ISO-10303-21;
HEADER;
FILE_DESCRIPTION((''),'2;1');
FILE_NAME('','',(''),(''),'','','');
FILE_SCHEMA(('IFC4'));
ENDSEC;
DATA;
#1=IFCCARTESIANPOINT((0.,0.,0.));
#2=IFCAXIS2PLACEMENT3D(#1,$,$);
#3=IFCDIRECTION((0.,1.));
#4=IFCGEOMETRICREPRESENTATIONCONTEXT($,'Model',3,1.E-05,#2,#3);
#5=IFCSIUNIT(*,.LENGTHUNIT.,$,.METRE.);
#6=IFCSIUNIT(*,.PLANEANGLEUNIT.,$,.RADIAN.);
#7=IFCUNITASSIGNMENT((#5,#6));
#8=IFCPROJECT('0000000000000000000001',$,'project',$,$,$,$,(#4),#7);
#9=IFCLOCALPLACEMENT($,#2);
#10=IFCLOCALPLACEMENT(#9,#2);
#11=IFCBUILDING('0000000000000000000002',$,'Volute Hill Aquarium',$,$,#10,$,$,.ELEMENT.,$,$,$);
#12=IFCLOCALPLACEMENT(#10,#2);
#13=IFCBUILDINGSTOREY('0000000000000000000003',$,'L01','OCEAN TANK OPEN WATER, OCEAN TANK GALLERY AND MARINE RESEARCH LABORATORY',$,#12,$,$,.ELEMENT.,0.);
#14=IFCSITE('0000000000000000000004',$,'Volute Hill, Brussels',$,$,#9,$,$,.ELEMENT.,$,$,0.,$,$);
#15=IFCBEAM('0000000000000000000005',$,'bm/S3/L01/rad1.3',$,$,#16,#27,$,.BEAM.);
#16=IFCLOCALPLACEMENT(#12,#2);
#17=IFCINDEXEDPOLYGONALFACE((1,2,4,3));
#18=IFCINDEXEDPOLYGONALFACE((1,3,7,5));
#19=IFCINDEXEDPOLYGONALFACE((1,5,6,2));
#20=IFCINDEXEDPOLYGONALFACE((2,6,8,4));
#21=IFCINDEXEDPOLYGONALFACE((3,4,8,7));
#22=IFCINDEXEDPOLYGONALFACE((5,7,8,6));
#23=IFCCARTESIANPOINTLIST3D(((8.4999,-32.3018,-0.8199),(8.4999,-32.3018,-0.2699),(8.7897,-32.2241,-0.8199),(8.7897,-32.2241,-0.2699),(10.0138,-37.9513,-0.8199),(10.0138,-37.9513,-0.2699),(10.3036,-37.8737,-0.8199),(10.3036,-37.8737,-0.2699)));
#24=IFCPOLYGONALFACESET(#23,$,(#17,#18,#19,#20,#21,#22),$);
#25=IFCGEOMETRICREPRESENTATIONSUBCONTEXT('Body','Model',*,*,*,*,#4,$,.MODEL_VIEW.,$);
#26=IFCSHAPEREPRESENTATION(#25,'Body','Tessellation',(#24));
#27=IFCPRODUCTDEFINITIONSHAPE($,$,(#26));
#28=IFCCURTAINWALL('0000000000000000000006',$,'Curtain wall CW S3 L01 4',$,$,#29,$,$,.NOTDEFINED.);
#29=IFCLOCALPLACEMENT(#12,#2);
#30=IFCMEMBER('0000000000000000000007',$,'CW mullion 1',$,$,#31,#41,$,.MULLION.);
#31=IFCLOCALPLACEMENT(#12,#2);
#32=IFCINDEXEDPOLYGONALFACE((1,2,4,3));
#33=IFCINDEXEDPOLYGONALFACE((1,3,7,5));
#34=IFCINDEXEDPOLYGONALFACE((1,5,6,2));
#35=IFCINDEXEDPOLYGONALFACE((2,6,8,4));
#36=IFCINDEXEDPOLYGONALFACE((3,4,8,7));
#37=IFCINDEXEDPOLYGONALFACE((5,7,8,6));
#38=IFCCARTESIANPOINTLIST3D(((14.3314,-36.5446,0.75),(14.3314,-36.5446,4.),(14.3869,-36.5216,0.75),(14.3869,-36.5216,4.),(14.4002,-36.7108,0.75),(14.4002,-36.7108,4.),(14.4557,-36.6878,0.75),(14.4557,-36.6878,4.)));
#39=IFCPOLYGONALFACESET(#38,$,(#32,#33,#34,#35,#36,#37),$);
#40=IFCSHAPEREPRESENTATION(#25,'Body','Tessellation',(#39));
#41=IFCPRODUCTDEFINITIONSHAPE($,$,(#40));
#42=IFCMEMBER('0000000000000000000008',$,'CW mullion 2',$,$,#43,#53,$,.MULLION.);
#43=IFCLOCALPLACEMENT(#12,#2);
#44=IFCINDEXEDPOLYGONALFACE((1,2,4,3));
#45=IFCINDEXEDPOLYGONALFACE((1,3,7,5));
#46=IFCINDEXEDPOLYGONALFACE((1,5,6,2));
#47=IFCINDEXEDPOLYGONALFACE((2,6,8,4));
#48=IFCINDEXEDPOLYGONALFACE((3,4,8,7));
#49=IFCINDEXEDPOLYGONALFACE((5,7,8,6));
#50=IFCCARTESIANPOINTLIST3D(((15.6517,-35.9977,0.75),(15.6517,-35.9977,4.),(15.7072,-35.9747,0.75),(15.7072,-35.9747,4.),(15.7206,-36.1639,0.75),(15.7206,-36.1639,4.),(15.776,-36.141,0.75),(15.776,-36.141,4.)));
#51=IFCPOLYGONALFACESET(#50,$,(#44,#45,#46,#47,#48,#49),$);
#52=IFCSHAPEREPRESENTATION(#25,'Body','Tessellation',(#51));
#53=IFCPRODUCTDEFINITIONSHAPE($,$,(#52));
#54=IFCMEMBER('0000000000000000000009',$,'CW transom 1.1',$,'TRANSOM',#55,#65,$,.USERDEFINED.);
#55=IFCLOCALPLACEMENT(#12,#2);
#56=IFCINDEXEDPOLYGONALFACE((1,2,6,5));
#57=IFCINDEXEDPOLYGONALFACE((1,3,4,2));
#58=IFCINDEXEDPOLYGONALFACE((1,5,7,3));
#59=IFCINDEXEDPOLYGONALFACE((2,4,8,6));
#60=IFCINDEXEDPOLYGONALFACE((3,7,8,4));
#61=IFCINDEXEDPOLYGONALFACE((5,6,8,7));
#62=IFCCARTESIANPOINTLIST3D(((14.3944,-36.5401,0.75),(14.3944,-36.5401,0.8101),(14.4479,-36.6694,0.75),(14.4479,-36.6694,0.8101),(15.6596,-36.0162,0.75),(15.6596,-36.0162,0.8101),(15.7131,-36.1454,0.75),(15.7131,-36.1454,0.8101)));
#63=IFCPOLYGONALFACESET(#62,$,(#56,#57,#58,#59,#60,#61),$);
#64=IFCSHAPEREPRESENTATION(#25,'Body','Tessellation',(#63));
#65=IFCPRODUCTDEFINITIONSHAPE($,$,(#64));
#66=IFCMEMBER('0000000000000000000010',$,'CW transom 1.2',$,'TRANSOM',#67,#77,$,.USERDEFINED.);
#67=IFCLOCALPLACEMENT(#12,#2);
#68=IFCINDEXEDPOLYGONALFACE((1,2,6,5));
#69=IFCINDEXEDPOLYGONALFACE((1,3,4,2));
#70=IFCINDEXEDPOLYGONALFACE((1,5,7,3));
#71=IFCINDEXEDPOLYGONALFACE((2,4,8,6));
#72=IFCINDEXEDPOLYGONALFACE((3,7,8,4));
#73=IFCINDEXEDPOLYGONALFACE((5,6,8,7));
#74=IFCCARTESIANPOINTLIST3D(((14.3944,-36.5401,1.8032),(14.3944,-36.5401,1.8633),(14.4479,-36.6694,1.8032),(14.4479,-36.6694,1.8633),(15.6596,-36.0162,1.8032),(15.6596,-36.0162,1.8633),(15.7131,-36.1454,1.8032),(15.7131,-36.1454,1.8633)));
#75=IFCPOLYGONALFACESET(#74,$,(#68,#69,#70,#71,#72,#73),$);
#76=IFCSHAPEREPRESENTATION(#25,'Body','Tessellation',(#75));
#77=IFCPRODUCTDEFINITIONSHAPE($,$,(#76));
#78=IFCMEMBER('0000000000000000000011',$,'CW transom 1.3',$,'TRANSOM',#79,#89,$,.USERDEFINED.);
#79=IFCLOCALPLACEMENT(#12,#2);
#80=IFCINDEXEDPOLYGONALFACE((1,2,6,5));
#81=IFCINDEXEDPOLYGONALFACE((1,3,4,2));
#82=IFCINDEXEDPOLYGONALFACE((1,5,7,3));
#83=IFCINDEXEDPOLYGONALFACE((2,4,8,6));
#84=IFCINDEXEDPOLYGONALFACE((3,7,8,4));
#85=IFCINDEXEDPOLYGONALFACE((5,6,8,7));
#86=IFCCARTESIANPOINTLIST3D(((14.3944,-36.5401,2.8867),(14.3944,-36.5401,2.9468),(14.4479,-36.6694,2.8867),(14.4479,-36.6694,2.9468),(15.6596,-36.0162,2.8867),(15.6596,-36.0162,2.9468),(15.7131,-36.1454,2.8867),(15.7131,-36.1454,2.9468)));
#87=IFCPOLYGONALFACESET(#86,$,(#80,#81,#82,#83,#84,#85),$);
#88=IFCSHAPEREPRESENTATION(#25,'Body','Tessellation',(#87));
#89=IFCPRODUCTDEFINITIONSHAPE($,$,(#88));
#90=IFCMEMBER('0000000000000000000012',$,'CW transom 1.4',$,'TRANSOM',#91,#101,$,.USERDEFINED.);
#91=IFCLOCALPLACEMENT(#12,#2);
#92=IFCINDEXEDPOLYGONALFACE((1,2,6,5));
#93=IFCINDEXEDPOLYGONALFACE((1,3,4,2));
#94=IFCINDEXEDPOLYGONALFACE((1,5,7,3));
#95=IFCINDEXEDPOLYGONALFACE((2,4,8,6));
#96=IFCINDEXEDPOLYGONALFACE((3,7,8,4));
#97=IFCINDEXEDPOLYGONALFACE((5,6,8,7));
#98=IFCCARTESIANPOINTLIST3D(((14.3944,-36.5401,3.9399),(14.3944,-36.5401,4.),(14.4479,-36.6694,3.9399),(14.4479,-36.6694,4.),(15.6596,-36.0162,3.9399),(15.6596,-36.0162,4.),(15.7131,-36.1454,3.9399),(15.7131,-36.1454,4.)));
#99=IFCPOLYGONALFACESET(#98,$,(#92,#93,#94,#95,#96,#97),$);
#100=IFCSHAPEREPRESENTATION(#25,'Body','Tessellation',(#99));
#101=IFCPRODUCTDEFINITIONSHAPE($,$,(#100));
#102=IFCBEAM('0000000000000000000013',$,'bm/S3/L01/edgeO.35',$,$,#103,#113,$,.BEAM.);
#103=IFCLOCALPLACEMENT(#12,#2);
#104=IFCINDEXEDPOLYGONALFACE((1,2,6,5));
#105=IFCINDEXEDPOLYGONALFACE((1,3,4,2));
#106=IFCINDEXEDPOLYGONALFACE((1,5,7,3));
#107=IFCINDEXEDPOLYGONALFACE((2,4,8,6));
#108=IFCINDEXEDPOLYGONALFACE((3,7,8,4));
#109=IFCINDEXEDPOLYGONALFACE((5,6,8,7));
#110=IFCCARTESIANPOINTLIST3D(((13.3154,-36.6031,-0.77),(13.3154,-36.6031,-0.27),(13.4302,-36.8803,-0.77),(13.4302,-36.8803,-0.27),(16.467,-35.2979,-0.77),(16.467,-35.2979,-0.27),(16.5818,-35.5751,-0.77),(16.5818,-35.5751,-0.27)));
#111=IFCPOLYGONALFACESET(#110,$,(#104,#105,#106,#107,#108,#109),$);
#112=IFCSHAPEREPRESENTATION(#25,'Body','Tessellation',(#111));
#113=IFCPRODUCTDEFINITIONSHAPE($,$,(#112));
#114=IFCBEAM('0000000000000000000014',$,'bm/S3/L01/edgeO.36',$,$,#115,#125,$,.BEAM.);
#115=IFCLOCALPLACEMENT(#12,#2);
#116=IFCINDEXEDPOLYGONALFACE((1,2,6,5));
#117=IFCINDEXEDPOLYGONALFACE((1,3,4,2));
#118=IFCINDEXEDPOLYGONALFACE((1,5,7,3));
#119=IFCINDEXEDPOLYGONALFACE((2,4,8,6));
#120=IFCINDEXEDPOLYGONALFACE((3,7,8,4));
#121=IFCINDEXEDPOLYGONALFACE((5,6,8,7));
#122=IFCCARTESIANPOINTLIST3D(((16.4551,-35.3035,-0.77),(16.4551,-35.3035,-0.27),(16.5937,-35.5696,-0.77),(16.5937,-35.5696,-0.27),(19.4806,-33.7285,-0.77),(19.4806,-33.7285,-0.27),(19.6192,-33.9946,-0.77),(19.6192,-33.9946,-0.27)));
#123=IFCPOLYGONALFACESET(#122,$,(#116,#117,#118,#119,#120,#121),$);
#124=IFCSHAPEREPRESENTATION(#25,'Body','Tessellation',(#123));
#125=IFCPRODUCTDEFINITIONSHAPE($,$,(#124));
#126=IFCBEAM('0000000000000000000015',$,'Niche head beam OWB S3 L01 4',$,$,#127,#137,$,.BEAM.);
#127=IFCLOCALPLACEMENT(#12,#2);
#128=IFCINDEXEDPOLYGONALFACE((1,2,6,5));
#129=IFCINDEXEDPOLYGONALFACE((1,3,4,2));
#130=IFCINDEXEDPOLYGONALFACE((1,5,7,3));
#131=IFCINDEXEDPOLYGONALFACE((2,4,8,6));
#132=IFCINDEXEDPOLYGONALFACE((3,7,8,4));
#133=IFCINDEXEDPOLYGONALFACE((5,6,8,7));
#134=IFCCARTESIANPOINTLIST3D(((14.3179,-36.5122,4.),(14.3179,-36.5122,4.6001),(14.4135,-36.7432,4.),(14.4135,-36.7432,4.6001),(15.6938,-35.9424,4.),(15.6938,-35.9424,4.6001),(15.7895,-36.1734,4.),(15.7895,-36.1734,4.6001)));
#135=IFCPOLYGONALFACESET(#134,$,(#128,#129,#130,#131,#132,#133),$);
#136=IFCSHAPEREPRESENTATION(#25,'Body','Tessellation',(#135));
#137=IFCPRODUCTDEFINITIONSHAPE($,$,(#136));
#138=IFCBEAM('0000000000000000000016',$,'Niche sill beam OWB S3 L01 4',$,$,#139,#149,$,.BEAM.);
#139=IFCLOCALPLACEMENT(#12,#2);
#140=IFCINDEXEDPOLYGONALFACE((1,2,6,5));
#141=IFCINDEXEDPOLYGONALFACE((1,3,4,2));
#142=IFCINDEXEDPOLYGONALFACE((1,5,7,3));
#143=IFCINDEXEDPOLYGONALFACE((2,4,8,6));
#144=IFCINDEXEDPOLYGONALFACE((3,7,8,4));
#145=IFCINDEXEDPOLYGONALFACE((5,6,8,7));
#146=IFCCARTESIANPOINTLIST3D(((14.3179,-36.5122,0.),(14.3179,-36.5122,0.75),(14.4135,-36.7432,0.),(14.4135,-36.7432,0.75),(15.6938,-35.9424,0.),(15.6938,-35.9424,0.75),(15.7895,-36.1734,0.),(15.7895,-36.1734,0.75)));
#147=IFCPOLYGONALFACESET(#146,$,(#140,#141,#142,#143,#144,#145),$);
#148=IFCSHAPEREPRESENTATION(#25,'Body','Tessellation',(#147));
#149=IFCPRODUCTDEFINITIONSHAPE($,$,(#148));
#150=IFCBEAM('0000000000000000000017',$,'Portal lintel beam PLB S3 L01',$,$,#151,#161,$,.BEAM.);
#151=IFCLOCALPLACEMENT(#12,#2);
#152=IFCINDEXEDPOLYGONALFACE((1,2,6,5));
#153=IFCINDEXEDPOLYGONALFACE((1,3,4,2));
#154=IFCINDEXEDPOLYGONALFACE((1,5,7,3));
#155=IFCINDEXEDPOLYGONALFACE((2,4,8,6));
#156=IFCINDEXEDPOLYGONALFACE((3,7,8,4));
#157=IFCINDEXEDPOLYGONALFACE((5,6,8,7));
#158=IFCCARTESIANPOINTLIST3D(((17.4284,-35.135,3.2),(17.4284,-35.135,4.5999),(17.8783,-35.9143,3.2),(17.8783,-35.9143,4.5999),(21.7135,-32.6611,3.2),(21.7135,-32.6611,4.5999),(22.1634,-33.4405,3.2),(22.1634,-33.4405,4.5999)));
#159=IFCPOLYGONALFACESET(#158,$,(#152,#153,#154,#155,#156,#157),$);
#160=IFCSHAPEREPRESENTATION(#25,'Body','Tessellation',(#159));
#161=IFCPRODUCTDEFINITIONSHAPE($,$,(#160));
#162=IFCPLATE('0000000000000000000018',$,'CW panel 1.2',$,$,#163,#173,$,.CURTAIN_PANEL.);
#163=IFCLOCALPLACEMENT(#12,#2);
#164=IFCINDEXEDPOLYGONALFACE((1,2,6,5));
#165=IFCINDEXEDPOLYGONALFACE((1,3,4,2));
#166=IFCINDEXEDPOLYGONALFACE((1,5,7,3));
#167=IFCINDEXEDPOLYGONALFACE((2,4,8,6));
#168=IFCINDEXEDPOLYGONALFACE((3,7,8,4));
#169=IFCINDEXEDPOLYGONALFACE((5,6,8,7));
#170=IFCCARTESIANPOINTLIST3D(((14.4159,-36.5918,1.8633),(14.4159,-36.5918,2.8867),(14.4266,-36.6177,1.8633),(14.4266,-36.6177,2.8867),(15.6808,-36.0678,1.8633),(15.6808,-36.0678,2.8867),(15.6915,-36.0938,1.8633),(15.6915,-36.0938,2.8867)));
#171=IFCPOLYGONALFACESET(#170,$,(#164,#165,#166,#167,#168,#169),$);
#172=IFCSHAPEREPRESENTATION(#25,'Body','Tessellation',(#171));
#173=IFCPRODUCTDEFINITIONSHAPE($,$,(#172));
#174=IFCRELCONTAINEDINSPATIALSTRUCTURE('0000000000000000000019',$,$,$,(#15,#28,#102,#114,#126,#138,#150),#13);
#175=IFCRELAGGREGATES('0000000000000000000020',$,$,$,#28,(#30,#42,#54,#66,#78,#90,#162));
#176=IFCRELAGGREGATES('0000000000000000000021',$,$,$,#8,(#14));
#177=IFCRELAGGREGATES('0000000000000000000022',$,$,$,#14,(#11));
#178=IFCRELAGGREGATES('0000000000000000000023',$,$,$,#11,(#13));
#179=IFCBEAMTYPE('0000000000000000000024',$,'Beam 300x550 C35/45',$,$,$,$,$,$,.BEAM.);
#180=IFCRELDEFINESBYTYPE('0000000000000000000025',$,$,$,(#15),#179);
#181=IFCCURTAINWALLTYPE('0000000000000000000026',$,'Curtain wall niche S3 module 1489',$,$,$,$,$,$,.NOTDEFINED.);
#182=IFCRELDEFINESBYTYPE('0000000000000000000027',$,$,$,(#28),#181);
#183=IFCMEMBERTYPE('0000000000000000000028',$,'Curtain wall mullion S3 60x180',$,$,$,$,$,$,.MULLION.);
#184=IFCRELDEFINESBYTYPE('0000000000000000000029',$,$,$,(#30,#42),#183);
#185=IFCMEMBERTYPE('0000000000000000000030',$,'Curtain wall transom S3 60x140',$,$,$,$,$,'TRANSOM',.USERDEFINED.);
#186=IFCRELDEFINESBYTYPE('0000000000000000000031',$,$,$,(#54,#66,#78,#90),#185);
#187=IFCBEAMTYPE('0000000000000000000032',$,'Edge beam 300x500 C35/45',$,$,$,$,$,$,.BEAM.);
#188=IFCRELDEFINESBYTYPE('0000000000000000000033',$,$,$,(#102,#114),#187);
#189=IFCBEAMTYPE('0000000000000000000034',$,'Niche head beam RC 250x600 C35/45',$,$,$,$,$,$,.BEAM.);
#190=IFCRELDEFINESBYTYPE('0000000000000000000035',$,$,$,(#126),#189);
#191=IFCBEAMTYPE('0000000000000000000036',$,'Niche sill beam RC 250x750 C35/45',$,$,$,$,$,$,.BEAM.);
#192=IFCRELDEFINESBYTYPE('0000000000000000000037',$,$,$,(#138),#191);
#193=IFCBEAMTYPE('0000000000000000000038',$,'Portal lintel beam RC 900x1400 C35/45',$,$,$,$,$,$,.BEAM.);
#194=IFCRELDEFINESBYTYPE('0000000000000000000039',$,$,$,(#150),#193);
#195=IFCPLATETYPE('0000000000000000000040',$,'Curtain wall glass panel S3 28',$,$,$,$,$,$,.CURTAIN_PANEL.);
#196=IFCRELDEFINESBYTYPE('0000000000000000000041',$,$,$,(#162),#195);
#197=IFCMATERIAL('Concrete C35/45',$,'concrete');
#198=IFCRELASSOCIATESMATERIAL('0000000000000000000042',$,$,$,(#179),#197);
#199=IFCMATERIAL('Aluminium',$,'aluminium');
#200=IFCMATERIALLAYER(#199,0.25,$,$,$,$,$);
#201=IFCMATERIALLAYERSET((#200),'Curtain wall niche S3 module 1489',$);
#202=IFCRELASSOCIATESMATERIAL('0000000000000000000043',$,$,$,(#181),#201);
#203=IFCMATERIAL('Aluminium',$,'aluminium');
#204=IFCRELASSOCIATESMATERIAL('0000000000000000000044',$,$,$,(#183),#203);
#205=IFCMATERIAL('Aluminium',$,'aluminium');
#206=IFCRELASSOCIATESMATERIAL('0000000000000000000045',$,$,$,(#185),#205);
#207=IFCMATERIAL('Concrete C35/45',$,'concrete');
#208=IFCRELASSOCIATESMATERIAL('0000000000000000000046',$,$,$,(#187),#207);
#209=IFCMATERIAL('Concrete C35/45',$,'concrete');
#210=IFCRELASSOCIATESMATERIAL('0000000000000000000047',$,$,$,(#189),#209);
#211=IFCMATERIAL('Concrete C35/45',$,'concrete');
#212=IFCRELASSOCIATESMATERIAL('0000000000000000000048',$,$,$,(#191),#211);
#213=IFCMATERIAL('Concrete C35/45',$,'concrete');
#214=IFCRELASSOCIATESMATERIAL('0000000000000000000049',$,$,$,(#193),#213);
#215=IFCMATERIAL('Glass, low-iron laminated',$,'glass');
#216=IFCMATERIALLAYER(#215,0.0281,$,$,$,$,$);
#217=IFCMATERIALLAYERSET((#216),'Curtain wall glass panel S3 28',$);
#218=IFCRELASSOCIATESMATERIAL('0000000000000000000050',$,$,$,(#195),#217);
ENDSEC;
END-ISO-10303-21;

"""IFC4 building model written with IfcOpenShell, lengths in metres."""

from ifc_helpers import new_model, si_unit, direction, frame, origin, origin_2d, place, context, subcontext, project, spatial, rectangle, extrude, material, layer, layer_set, material_profile, profile_set, type_object, element, aggregate, save


model = new_model("IFC4")

# Units and contexts
model_context = context("Model", 3, precision=1e-05, world=origin(), true_north=direction((0.0, 1.0)))
body_context = subcontext(model_context, "Body", "Model", "MODEL_VIEW")
ifc_project = project(units=[si_unit("LENGTHUNIT", "METRE"), si_unit("PLANEANGLEUNIT", "RADIAN")], contexts=[model_context])

# Site, building, storey
site_placement = place(None, origin())
site = spatial("IfcSite", under=ifc_project, at=site_placement, Name="Volute Hill, Brussels", CompositionType="ELEMENT", RefElevation=0.0)
building_placement = place(site_placement, origin())
building = spatial("IfcBuilding", under=site, at=building_placement, Name="Volute Hill Aquarium", CompositionType="ELEMENT")
storey_placement = place(building_placement, origin())
storey = spatial("IfcBuildingStorey", under=building, at=storey_placement, Name="L01", Description="OCEAN TANK OPEN WATER, OCEAN TANK GALLERY AND MARINE RESEARCH LABORATORY", CompositionType="ELEMENT", Elevation=0.0)

# Beam
ifc_material_1 = material(Name="Concrete C35/45", Category="concrete")
ifc_material_profile_1 = material_profile(ifc_material_1, rectangle(XDim=0.3, YDim=0.55, at=origin_2d()), Name="RC beam 300x550")
ifc_profile_set_1 = profile_set([ifc_material_profile_1], Name="Concrete C35/45")
beam_type_1 = type_object("IfcBeamType", Name="Beam 300x550 C35/45", PredefinedType="BEAM", material=ifc_profile_set_1)
beam_1_placement = place(storey_placement, frame((8.6448, -32.2629, -0.5449), z_axis=(0.258834, -0.965922, 0.0), x_axis=(0.965922, 0.258834, 0.0)))
element("IfcBeam", 1, at=beam_1_placement, inside=storey, type_object=beam_type_1, Name="bm/S3/L01/rad1.3", PredefinedType="BEAM", context=body_context, shape_type="SweptSolid", body=[
    extrude(rectangle(XDim=0.3, YDim=0.55, at=origin_2d()), origin(), (0.0, 0.0, 1.0), 5.8489),
])

# Curtain wall, members
ifc_material_2 = material(Name="Aluminium", Category="aluminium")
ifc_layer_1 = layer(ifc_material_2, 0.25)
ifc_layer_set_1 = layer_set([ifc_layer_1], Name="Curtain wall niche S3 module 1489")
curtain_wall_type = type_object("IfcCurtainWallType", Name="Curtain wall niche S3 module 1489", PredefinedType="NOTDEFINED", material=ifc_layer_set_1)
curtain_wall_placement = place(storey_placement, origin())
curtain_wall = element("IfcCurtainWall", 2, at=curtain_wall_placement, inside=storey, type_object=curtain_wall_type, Name="Curtain wall CW S3 L01 4", PredefinedType="NOTDEFINED")
ifc_material_3 = material(Name="Aluminium", Category="aluminium")
ifc_material_profile_2 = material_profile(ifc_material_3, rectangle(XDim=0.1799, YDim=0.0601, at=origin_2d()), Name="Curtain wall mullion S3 60x180")
ifc_profile_set_2 = profile_set([ifc_material_profile_2], Name="Aluminium")
member_type_1 = type_object("IfcMemberType", Name="Curtain wall mullion S3 60x180", PredefinedType="MULLION", material=ifc_profile_set_2)
member_1_placement = place(storey_placement, frame((14.3936, -36.6162, 0.75), z_axis=(0.0, 0.0, 1.0), x_axis=(-0.382693, 0.923876, 0.0)))
member_1 = element("IfcMember", 3, at=member_1_placement, type_object=member_type_1, Name="CW mullion 1", PredefinedType="MULLION", context=body_context, shape_type="SweptSolid", body=[
    extrude(rectangle(XDim=0.1799, YDim=0.0601, at=origin_2d()), origin(), (0.0, 0.0, 1.0), 3.25),
])
member_2_placement = place(storey_placement, frame((15.7139, -36.0693, 0.75), z_axis=(0.0, 0.0, 1.0), x_axis=(-0.382693, 0.923876, 0.0)))
member_2 = element("IfcMember", 4, at=member_2_placement, type_object=member_type_1, Name="CW mullion 2", PredefinedType="MULLION", context=body_context, shape_type="SweptSolid", body=[
    extrude(rectangle(XDim=0.1799, YDim=0.0601, at=origin_2d()), origin(), (0.0, 0.0, 1.0), 3.25),
])
ifc_material_4 = material(Name="Aluminium", Category="aluminium")
ifc_material_profile_3 = material_profile(ifc_material_4, rectangle(XDim=0.1399, YDim=0.0601, at=origin_2d()), Name="Curtain wall transom S3 60x140")
ifc_profile_set_3 = profile_set([ifc_material_profile_3], Name="Aluminium")
member_type_2 = type_object("IfcMemberType", Name="Curtain wall transom S3 60x140", ElementType="TRANSOM", PredefinedType="USERDEFINED", material=ifc_profile_set_3)
member_3_placement = place(storey_placement, frame((14.4211, -36.6047, 0.78), z_axis=(0.923908, 0.382614, 0.0), x_axis=(-0.382614, 0.923908, 0.0)))
member_3 = element("IfcMember", 5, at=member_3_placement, type_object=member_type_2, Name="CW transom 1.1", ObjectType="TRANSOM", PredefinedType="USERDEFINED", context=body_context, shape_type="SweptSolid", body=[
    extrude(rectangle(XDim=0.1399, YDim=0.0601, at=origin_2d()), origin(), (0.0, 0.0, 1.0), 1.3694),
])
member_4_placement = place(storey_placement, frame((14.4211, -36.6047, 1.8333), z_axis=(0.923908, 0.382614, 0.0), x_axis=(-0.382614, 0.923908, 0.0)))
member_4 = element("IfcMember", 6, at=member_4_placement, type_object=member_type_2, Name="CW transom 1.2", ObjectType="TRANSOM", PredefinedType="USERDEFINED", context=body_context, shape_type="SweptSolid", body=[
    extrude(rectangle(XDim=0.1399, YDim=0.0601, at=origin_2d()), origin(), (0.0, 0.0, 1.0), 1.3694),
])
member_5_placement = place(storey_placement, frame((14.4211, -36.6047, 2.9167), z_axis=(0.923908, 0.382614, 0.0), x_axis=(-0.382614, 0.923908, 0.0)))
member_5 = element("IfcMember", 7, at=member_5_placement, type_object=member_type_2, Name="CW transom 1.3", ObjectType="TRANSOM", PredefinedType="USERDEFINED", context=body_context, shape_type="SweptSolid", body=[
    extrude(rectangle(XDim=0.1399, YDim=0.0601, at=origin_2d()), origin(), (0.0, 0.0, 1.0), 1.3694),
])
member_6_placement = place(storey_placement, frame((14.4211, -36.6047, 3.97), z_axis=(0.923908, 0.382614, 0.0), x_axis=(-0.382614, 0.923908, 0.0)))
member_6 = element("IfcMember", 8, at=member_6_placement, type_object=member_type_2, Name="CW transom 1.4", ObjectType="TRANSOM", PredefinedType="USERDEFINED", context=body_context, shape_type="SweptSolid", body=[
    extrude(rectangle(XDim=0.1399, YDim=0.0601, at=origin_2d()), origin(), (0.0, 0.0, 1.0), 1.3694),
])

# Beams
ifc_material_5 = material(Name="Concrete C35/45", Category="concrete")
ifc_material_profile_4 = material_profile(ifc_material_5, rectangle(XDim=0.3, YDim=0.5, at=origin_2d()), Name="RC edge beam 300x500")
ifc_profile_set_4 = profile_set([ifc_material_profile_4], Name="Concrete C35/45")
beam_type_2 = type_object("IfcBeamType", Name="Edge beam 300x500 C35/45", PredefinedType="BEAM", material=ifc_profile_set_4)
beam_2_placement = place(storey_placement, frame((13.3728, -36.7417, -0.52), z_axis=(0.923907, 0.382617, 0.0), x_axis=(-0.382617, 0.923907, 0.0)))
element("IfcBeam", 9, at=beam_2_placement, inside=storey, type_object=beam_type_2, Name="bm/S3/L01/edgeO.35", PredefinedType="BEAM", context=body_context, shape_type="SweptSolid", body=[
    extrude(rectangle(XDim=0.3, YDim=0.5, at=origin_2d()), origin(), (0.0, 0.0, 1.0), 3.4111),
])
beam_3_placement = place(storey_placement, frame((16.5244, -35.4365, -0.52), z_axis=(0.887007, 0.461756, 0.0), x_axis=(-0.461756, 0.887007, 0.0)))
element("IfcBeam", 10, at=beam_3_placement, inside=storey, type_object=beam_type_2, Name="bm/S3/L01/edgeO.36", PredefinedType="BEAM", context=body_context, shape_type="SweptSolid", body=[
    extrude(rectangle(XDim=0.3, YDim=0.5, at=origin_2d()), origin(), (0.0, 0.0, 1.0), 3.4109),
])
ifc_material_6 = material(Name="Concrete C35/45", Category="concrete")
ifc_material_profile_5 = material_profile(ifc_material_6, rectangle(XDim=0.25, YDim=0.6001, at=origin_2d()), Name="RC beam 250x600")
ifc_profile_set_5 = profile_set([ifc_material_profile_5], Name="Concrete C35/45")
beam_type_3 = type_object("IfcBeamType", Name="Niche head beam RC 250x600 C35/45", PredefinedType="BEAM", material=ifc_profile_set_5)
beam_4_placement = place(storey_placement, frame((14.3657, -36.6277, 4.3), z_axis=(0.923909, 0.382612, 0.0), x_axis=(-0.382612, 0.923909, 0.0)))
element("IfcBeam", 11, at=beam_4_placement, inside=storey, type_object=beam_type_3, Name="Niche head beam OWB S3 L01 4", PredefinedType="BEAM", context=body_context, shape_type="SweptSolid", body=[
    extrude(rectangle(XDim=0.25, YDim=0.6001, at=origin_2d()), origin(), (0.0, 0.0, 1.0), 1.4893),
])
ifc_material_7 = material(Name="Concrete C35/45", Category="concrete")
ifc_material_profile_6 = material_profile(ifc_material_7, rectangle(XDim=0.25, YDim=0.75, at=origin_2d()), Name="RC beam 250x750")
ifc_profile_set_6 = profile_set([ifc_material_profile_6], Name="Concrete C35/45")
beam_type_4 = type_object("IfcBeamType", Name="Niche sill beam RC 250x750 C35/45", PredefinedType="BEAM", material=ifc_profile_set_6)
beam_5_placement = place(storey_placement, frame((14.3657, -36.6277, 0.375), z_axis=(0.923909, 0.382612, 0.0), x_axis=(-0.382612, 0.923909, 0.0)))
element("IfcBeam", 12, at=beam_5_placement, inside=storey, type_object=beam_type_4, Name="Niche sill beam OWB S3 L01 4", PredefinedType="BEAM", context=body_context, shape_type="SweptSolid", body=[
    extrude(rectangle(XDim=0.25, YDim=0.75, at=origin_2d()), origin(), (0.0, 0.0, 1.0), 1.4893),
])
ifc_material_8 = material(Name="Concrete C35/45", Category="concrete")
ifc_material_profile_7 = material_profile(ifc_material_8, rectangle(XDim=0.8999, YDim=1.3999, at=origin_2d()), Name="RC beam 900x1400")
ifc_profile_set_7 = profile_set([ifc_material_profile_7], Name="Concrete C35/45")
beam_type_5 = type_object("IfcBeamType", Name="Portal lintel beam RC 900x1400 C35/45", PredefinedType="BEAM", material=ifc_profile_set_7)
beam_6_placement = place(storey_placement, frame((17.6533, -35.5247, 3.8999), z_axis=(0.866039, 0.499976, 0.0), x_axis=(-0.499976, 0.866039, 0.0)))
element("IfcBeam", 13, at=beam_6_placement, inside=storey, type_object=beam_type_5, Name="Portal lintel beam PLB S3 L01", PredefinedType="BEAM", context=body_context, shape_type="SweptSolid", body=[
    extrude(rectangle(XDim=0.8999, YDim=1.3999, at=origin_2d()), origin(), (0.0, 0.0, 1.0), 4.948),
])

# Plate
ifc_material_9 = material(Name="Glass, low-iron laminated", Category="glass")
ifc_layer_2 = layer(ifc_material_9, 0.0281)
ifc_layer_set_2 = layer_set([ifc_layer_2], Name="Curtain wall glass panel S3 28")
plate_type_1 = type_object("IfcPlateType", Name="Curtain wall glass panel S3 28", PredefinedType="CURTAIN_PANEL", material=ifc_layer_set_2)
plate_1_placement = place(storey_placement, frame((15.0537, -36.3428, 1.8633), z_axis=(0.0, 0.0, 1.0), x_axis=(0.923876, 0.382693, 0.0)))
plate_1 = element("IfcPlate", 14, at=plate_1_placement, type_object=plate_type_1, Name="CW panel 1.2", PredefinedType="CURTAIN_PANEL", context=body_context, shape_type="SweptSolid", body=[
    extrude(rectangle(XDim=1.3691, YDim=0.0281, at=origin_2d()), origin(), (0.0, 0.0, 1.0), 1.0234),
])
aggregate(curtain_wall, [member_1, member_2, member_3, member_4, member_5, member_6, plate_1])

save(model, "model.ifc")
